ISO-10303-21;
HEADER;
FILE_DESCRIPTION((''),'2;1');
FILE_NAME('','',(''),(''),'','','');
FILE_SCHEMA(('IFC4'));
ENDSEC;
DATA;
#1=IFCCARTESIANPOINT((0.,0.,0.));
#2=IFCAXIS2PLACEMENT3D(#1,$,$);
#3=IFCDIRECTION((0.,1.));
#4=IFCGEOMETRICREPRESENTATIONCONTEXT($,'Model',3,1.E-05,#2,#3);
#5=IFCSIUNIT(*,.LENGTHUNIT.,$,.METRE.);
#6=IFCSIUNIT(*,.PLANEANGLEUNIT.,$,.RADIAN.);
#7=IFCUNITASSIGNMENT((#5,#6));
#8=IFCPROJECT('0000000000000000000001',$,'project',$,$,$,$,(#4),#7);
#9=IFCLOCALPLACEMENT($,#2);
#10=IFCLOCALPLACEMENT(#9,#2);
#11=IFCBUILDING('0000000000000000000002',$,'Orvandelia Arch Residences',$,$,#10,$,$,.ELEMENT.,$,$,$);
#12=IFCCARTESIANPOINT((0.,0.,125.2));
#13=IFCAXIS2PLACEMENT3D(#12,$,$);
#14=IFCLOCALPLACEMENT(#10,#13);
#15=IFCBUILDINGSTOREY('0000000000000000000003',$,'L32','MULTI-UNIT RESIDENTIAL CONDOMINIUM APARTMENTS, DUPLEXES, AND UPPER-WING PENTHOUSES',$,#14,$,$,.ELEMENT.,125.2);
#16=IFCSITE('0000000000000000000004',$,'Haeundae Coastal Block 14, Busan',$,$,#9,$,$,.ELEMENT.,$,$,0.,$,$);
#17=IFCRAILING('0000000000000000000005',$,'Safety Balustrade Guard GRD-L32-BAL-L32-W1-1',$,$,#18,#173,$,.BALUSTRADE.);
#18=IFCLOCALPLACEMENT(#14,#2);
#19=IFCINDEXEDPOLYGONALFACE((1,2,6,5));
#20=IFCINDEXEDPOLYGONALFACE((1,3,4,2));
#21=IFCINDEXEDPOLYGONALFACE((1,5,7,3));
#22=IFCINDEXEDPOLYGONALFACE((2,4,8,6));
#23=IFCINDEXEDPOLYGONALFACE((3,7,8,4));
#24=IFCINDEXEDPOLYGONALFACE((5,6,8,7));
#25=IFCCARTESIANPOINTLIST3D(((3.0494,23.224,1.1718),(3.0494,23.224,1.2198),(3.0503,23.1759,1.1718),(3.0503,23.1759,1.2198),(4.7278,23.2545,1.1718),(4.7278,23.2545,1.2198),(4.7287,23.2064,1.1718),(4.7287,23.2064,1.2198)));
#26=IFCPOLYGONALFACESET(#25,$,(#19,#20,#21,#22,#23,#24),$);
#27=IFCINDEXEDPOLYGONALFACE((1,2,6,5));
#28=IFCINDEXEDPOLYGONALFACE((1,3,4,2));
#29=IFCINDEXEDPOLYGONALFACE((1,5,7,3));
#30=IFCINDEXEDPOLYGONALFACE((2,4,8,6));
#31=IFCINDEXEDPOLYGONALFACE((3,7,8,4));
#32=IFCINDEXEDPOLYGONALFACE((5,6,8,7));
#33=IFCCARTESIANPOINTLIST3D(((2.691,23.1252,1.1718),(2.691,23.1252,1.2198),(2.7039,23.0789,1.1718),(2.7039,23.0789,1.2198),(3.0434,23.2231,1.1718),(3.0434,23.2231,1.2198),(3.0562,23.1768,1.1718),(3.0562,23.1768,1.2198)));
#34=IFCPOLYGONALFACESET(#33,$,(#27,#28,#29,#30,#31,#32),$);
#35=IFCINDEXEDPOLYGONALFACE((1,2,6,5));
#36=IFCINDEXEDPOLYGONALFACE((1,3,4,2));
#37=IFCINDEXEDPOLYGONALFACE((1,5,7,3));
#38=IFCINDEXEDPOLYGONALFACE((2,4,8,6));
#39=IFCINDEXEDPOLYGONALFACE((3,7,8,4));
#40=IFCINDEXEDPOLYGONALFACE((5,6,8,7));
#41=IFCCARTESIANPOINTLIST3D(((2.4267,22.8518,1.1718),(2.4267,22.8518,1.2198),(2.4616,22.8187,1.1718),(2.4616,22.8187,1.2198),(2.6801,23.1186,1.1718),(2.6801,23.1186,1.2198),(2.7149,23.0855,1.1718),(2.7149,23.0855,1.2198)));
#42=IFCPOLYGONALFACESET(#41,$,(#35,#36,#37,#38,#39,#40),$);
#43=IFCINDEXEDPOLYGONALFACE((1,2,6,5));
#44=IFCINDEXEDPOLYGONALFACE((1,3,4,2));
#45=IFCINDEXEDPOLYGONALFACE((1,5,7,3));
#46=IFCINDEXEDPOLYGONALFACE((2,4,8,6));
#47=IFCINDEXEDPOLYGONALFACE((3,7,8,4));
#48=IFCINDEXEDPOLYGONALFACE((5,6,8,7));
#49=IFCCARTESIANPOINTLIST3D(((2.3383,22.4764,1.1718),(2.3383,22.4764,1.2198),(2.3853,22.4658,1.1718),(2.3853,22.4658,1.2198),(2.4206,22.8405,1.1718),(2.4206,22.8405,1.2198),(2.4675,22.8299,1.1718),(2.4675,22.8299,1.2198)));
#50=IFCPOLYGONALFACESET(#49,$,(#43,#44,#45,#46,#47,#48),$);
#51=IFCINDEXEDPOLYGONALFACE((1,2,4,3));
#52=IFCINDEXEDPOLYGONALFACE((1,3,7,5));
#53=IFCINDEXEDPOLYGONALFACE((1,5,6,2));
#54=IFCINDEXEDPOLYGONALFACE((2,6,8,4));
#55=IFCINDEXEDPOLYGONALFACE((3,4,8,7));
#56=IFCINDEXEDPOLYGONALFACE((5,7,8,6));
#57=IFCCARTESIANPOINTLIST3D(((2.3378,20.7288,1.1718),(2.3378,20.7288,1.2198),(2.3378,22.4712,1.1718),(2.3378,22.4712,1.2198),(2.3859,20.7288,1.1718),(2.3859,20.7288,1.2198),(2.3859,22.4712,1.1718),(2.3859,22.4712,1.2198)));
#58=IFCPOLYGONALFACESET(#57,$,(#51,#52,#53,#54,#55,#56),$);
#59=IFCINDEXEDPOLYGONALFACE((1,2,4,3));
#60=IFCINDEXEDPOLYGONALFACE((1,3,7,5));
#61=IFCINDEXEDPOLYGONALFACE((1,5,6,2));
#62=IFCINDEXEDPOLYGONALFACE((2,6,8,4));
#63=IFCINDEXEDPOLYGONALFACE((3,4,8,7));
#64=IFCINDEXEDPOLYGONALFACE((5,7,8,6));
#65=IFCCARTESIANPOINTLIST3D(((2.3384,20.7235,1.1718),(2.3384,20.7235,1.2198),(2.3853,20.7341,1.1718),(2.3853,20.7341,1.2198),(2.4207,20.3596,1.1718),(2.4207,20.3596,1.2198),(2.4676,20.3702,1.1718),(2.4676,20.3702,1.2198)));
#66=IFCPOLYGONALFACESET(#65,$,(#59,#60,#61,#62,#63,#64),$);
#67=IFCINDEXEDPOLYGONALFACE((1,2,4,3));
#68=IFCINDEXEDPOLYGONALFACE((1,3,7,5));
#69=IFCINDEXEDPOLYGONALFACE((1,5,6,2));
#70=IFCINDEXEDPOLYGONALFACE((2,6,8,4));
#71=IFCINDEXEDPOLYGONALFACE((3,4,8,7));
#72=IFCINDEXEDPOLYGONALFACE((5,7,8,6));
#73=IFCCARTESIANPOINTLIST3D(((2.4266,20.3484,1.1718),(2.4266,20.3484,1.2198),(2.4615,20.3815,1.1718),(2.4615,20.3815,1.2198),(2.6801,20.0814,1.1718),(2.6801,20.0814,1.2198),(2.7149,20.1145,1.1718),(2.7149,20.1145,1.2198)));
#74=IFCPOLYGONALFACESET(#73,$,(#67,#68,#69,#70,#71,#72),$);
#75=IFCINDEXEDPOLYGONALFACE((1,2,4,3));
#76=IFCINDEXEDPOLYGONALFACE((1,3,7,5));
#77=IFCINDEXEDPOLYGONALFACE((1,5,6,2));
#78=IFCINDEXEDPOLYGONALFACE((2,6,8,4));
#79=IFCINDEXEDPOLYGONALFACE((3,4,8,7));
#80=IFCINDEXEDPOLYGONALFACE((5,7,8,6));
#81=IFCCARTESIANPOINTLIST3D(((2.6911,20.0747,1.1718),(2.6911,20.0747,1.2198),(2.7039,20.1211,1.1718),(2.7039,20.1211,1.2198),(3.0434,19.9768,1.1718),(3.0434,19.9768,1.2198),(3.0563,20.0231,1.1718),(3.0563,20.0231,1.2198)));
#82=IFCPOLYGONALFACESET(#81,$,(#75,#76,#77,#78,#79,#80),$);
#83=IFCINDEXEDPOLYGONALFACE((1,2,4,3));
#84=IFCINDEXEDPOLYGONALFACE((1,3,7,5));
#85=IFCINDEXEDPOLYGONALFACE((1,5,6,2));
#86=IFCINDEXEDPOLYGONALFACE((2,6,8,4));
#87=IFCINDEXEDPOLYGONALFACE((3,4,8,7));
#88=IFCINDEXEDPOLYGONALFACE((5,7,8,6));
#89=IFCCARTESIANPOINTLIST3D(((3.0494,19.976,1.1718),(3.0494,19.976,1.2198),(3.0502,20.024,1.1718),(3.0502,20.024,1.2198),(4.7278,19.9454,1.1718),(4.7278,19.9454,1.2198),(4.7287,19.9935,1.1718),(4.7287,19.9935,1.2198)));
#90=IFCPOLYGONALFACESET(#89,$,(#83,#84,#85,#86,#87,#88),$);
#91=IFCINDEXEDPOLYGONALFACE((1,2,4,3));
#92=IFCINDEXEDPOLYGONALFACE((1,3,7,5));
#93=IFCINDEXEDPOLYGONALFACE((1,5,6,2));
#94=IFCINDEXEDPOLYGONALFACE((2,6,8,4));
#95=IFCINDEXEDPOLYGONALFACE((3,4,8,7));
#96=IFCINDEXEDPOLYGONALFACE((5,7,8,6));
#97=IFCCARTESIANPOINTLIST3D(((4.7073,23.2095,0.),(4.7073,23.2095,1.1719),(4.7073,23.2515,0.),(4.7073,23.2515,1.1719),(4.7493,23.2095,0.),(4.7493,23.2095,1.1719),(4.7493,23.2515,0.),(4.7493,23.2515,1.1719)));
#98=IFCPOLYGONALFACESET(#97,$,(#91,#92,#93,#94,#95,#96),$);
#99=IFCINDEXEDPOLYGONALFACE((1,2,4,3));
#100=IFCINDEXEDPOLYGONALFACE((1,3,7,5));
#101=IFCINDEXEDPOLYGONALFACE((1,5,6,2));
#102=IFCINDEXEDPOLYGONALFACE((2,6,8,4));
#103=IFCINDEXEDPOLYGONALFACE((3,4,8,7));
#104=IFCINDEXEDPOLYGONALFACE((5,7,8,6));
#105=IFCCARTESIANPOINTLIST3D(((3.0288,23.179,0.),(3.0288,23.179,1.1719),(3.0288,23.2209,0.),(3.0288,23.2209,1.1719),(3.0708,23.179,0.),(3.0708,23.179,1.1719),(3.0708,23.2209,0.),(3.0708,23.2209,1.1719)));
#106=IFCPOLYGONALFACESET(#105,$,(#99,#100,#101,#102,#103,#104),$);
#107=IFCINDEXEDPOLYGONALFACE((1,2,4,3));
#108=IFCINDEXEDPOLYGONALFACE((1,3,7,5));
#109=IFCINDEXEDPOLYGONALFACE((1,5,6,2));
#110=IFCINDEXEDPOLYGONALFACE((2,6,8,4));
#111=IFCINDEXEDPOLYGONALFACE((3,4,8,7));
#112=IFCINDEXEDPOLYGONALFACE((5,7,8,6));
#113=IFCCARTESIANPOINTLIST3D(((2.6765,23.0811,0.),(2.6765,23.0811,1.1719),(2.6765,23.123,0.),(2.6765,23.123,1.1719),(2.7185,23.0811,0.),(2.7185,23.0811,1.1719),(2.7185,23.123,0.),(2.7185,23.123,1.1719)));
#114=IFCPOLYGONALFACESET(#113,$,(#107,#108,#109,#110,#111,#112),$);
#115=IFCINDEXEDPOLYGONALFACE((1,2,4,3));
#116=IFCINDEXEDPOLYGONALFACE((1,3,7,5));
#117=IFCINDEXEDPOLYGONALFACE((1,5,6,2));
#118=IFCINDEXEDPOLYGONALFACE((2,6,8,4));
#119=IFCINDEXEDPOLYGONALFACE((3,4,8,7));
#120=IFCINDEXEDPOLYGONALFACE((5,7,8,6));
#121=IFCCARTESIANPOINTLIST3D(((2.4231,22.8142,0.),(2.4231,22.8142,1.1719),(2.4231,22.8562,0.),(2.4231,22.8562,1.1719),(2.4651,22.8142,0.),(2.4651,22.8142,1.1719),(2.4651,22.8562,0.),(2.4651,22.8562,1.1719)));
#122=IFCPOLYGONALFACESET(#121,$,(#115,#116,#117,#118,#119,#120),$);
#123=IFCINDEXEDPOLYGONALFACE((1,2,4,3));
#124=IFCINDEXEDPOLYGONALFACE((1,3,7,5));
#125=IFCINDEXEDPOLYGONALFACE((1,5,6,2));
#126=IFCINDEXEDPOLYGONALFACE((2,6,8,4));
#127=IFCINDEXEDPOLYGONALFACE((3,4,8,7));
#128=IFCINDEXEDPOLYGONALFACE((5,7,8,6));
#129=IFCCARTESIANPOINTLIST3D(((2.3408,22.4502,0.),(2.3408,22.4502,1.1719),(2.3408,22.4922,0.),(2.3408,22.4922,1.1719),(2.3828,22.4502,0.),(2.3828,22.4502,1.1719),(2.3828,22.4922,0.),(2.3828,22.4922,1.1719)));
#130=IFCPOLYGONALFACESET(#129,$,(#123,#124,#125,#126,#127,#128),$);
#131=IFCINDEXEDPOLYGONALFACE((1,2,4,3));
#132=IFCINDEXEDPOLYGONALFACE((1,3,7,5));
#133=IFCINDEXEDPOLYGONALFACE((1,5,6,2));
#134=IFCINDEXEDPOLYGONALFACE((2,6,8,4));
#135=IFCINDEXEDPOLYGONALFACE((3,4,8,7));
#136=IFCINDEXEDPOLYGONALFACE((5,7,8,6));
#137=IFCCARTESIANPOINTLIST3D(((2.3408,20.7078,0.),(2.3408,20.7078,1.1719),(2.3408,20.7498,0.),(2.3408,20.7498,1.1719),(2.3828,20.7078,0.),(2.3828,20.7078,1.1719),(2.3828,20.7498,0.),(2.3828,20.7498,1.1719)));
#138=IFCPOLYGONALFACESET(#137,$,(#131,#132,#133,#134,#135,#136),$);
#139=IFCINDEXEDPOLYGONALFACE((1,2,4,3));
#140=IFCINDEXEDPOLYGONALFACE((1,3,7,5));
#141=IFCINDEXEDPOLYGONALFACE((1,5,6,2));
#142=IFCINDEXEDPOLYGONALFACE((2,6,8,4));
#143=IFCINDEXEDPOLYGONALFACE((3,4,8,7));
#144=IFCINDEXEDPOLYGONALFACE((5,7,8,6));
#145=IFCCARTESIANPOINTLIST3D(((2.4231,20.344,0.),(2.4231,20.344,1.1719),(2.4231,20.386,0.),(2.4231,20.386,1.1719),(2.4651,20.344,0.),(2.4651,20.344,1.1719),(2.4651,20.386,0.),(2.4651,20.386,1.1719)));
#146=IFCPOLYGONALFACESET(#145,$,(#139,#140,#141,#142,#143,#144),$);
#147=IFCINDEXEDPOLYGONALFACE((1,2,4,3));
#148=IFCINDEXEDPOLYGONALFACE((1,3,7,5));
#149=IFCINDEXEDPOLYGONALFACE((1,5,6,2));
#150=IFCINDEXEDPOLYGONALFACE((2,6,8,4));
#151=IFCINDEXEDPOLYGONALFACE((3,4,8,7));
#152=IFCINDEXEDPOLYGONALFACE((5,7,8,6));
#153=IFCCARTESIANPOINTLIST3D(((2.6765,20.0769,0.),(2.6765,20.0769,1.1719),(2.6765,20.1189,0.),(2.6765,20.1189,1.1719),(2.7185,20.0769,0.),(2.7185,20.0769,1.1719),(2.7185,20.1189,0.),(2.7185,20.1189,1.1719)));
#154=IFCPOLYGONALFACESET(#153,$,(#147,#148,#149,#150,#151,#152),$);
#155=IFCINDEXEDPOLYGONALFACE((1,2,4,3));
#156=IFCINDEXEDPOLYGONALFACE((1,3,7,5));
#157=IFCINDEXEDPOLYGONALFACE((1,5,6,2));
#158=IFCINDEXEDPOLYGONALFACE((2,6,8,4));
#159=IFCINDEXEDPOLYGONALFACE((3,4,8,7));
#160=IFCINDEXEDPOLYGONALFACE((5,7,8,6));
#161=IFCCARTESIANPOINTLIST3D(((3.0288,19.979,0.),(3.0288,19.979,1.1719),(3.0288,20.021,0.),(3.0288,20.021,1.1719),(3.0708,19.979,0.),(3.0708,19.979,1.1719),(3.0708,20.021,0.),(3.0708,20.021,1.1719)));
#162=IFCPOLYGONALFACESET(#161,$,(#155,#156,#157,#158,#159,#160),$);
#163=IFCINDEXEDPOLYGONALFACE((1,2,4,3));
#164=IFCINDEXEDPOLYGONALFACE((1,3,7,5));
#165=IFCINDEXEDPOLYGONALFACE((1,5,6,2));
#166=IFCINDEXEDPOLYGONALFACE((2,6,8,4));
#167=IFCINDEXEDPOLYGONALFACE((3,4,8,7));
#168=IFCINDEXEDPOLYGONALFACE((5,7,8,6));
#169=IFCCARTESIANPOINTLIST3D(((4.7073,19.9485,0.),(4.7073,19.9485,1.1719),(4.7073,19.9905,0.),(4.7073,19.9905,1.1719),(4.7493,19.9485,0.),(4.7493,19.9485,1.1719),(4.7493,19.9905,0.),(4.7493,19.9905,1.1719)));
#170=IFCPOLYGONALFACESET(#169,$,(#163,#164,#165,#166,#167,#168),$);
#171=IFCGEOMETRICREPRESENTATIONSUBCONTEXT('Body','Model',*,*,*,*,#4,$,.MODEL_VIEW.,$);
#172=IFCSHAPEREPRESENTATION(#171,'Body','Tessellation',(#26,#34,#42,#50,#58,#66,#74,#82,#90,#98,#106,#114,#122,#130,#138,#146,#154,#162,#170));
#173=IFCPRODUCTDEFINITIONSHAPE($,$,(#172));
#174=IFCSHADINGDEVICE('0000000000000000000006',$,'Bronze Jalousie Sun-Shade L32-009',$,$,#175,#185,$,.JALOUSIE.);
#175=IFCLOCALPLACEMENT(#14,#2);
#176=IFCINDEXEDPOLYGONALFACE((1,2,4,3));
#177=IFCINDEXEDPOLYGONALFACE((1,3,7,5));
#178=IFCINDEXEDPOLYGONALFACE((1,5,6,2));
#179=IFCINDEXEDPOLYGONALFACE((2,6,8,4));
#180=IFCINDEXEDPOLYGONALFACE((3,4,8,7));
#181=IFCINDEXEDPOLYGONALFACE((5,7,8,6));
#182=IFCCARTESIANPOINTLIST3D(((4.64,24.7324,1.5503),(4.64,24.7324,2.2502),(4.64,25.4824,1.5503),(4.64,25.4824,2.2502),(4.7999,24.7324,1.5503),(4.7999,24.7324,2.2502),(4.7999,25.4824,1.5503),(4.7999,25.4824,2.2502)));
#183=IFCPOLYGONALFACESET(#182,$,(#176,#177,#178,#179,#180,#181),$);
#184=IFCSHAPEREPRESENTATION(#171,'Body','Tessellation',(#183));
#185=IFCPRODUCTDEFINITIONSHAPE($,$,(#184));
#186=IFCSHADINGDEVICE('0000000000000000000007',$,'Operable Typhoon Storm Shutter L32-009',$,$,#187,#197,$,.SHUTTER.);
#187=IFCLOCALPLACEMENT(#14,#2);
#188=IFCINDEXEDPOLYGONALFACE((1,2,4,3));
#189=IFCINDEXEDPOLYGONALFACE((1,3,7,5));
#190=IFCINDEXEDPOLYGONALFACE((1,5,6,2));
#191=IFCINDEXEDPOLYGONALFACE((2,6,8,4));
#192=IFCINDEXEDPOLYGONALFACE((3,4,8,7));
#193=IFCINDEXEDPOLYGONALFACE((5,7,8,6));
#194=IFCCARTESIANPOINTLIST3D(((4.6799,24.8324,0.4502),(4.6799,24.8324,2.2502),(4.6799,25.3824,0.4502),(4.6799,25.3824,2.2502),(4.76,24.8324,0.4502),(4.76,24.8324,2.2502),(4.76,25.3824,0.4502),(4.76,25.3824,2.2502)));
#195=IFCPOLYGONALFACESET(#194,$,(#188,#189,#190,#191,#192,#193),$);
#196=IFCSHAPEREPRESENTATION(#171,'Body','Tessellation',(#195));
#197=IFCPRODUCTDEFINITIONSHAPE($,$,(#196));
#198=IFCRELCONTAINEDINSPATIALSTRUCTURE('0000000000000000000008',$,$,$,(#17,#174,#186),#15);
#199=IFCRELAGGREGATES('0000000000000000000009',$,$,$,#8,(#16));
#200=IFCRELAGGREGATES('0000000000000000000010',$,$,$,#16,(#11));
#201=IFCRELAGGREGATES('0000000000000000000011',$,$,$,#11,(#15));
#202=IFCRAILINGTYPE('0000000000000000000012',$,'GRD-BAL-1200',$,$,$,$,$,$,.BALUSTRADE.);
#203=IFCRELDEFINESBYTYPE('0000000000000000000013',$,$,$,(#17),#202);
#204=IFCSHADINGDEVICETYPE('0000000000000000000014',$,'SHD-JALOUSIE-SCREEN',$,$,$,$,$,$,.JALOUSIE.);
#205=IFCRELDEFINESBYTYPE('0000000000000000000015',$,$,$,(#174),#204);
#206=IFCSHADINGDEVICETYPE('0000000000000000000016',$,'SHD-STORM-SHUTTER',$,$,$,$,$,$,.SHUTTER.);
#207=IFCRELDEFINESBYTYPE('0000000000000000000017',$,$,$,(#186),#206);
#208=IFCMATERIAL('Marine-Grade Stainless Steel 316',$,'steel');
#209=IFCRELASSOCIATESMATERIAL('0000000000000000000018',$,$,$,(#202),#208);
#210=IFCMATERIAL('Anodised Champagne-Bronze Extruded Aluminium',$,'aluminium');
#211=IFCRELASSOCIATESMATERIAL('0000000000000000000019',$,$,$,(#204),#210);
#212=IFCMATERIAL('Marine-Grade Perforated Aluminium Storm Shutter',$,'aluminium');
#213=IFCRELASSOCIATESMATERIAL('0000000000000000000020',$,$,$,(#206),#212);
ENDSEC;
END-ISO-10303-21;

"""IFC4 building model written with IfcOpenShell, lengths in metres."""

from ifc_helpers import new_model, si_unit, direction, frame, origin, origin_2d, place, context, subcontext, project, spatial, rectangle, extrude, material, type_object, element, save


model = new_model("IFC4")

# Units and contexts
model_context = context("Model", 3, precision=1e-05, world=origin(), true_north=direction((0.0, 1.0)))
body_context = subcontext(model_context, "Body", "Model", "MODEL_VIEW")
ifc_project = project(units=[si_unit("LENGTHUNIT", "METRE"), si_unit("PLANEANGLEUNIT", "RADIAN")], contexts=[model_context])

# Site, building, storey
site_placement = place(None, origin())
site = spatial("IfcSite", under=ifc_project, at=site_placement, Name="Haeundae Coastal Block 14, Busan", CompositionType="ELEMENT", RefElevation=0.0)
building_placement = place(site_placement, origin())
building = spatial("IfcBuilding", under=site, at=building_placement, Name="Orvandelia Arch Residences", CompositionType="ELEMENT")
storey_placement = place(building_placement, frame((0.0, 0.0, 125.2)))
storey = spatial("IfcBuildingStorey", under=building, at=storey_placement, Name="L32", Description="MULTI-UNIT RESIDENTIAL CONDOMINIUM APARTMENTS, DUPLEXES, AND UPPER-WING PENTHOUSES", CompositionType="ELEMENT", Elevation=125.2)

# Railing
ifc_material_1 = material(Name="Marine-Grade Stainless Steel 316", Category="steel")
railing_type = type_object("IfcRailingType", Name="GRD-BAL-1200", PredefinedType="BALUSTRADE", material=ifc_material_1)
railing_placement = place(storey_placement, frame((4.7283, 23.2305, 0.0)))
element("IfcRailing", 1, at=railing_placement, inside=storey, type_object=railing_type, Name="Safety Balustrade Guard GRD-L32-BAL-L32-W1-1", PredefinedType="BALUSTRADE", context=body_context, shape_type="SweptSolid", body=[
    extrude(rectangle(XDim=0.0481, YDim=0.0481, at=origin_2d()), frame((0.0, 0.0, 1.1958), z_axis=(-0.999835, -0.018179, 0.0), x_axis=(0.018179, -0.999835, 0.0)), (0.0, 0.0, 1.0), 1.6787),
    extrude(rectangle(XDim=0.0481, YDim=0.0481, at=origin_2d()), frame((-1.6785, -0.0305, 1.1958), z_axis=(-0.963489, -0.267747, 0.0), x_axis=(0.267747, -0.963489, 0.0)), (0.0, 0.0, 1.0), 0.3657),
    extrude(rectangle(XDim=0.0481, YDim=0.0481, at=origin_2d()), frame((-2.0308, -0.1284, 1.1958), z_axis=(-0.688627, -0.725115, 0.0), x_axis=(0.725115, -0.688627, 0.0)), (0.0, 0.0, 1.0), 0.3679),
    extrude(rectangle(XDim=0.0481, YDim=0.0481, at=origin_2d()), frame((-2.2842, -0.3953, 1.1958), z_axis=(-0.220462, -0.975396, 0.0), x_axis=(0.975396, -0.220462, 0.0)), (0.0, 0.0, 1.0), 0.3733),
    extrude(rectangle(XDim=0.0481, YDim=0.0481, at=origin_2d()), frame((-2.3665, -0.7593, 1.1958), z_axis=(0.0, -1.0, 0.0), x_axis=(1.0, 0.0, 0.0)), (0.0, 0.0, 1.0), 1.7424),
    extrude(rectangle(XDim=0.0481, YDim=0.0481, at=origin_2d()), frame((-2.3665, -2.5017, 1.1958), z_axis=(0.220602, -0.975364, 0.0), x_axis=(0.975364, 0.220602, 0.0)), (0.0, 0.0, 1.0), 0.373),
    extrude(rectangle(XDim=0.0481, YDim=0.0481, at=origin_2d()), frame((-2.2842, -2.8655, 1.1958), z_axis=(0.688296, -0.72543, 0.0), x_axis=(0.72543, 0.688296, 0.0)), (0.0, 0.0, 1.0), 0.3682),
    extrude(rectangle(XDim=0.0481, YDim=0.0481, at=origin_2d()), frame((-2.0308, -3.1326, 1.1958), z_axis=(0.963489, -0.267747, 0.0), x_axis=(0.267747, 0.963489, 0.0)), (0.0, 0.0, 1.0), 0.3657),
    extrude(rectangle(XDim=0.0481, YDim=0.0481, at=origin_2d()), frame((-1.6785, -3.2305, 1.1958), z_axis=(0.999835, -0.018179, 0.0), x_axis=(0.018179, 0.999835, 0.0)), (0.0, 0.0, 1.0), 1.6787),
    extrude(rectangle(XDim=0.042, YDim=0.042, at=origin_2d()), origin(), (0.0, 0.0, 1.0), 1.1719),
    extrude(rectangle(XDim=0.042, YDim=0.042, at=origin_2d()), frame((-1.6785, -0.0305, 0.0)), (0.0, 0.0, 1.0), 1.1719),
    extrude(rectangle(XDim=0.042, YDim=0.042, at=origin_2d()), frame((-2.0308, -0.1284, 0.0)), (0.0, 0.0, 1.0), 1.1719),
    extrude(rectangle(XDim=0.042, YDim=0.042, at=origin_2d()), frame((-2.2842, -0.3953, 0.0)), (0.0, 0.0, 1.0), 1.1719),
    extrude(rectangle(XDim=0.042, YDim=0.042, at=origin_2d()), frame((-2.3665, -0.7593, 0.0)), (0.0, 0.0, 1.0), 1.1719),
    extrude(rectangle(XDim=0.042, YDim=0.042, at=origin_2d()), frame((-2.3665, -2.5017, 0.0)), (0.0, 0.0, 1.0), 1.1719),
    extrude(rectangle(XDim=0.042, YDim=0.042, at=origin_2d()), frame((-2.2842, -2.8655, 0.0)), (0.0, 0.0, 1.0), 1.1719),
    extrude(rectangle(XDim=0.042, YDim=0.042, at=origin_2d()), frame((-2.0308, -3.1326, 0.0)), (0.0, 0.0, 1.0), 1.1719),
    extrude(rectangle(XDim=0.042, YDim=0.042, at=origin_2d()), frame((-1.6785, -3.2305, 0.0)), (0.0, 0.0, 1.0), 1.1719),
    extrude(rectangle(XDim=0.042, YDim=0.042, at=origin_2d()), frame((0.0, -3.261, 0.0)), (0.0, 0.0, 1.0), 1.1719),
])

# Shading devices
ifc_material_2 = material(Name="Anodised Champagne-Bronze Extruded Aluminium", Category="aluminium")
shading_device_type_1 = type_object("IfcShadingDeviceType", Name="SHD-JALOUSIE-SCREEN", PredefinedType="JALOUSIE", material=ifc_material_2)
shading_device_1_placement = place(storey_placement, frame((4.72, 25.1074, 1.5503), z_axis=(0.0, 0.0, 1.0), x_axis=(0.0, 1.0, 0.0)))
element("IfcShadingDevice", 2, at=shading_device_1_placement, inside=storey, type_object=shading_device_type_1, Name="Bronze Jalousie Sun-Shade L32-009", PredefinedType="JALOUSIE", context=body_context, shape_type="SweptSolid", body=[
    extrude(rectangle(XDim=0.75, YDim=0.1599, at=origin_2d()), origin(), (0.0, 0.0, 1.0), 0.7),
])
ifc_material_3 = material(Name="Marine-Grade Perforated Aluminium Storm Shutter", Category="aluminium")
shading_device_type_2 = type_object("IfcShadingDeviceType", Name="SHD-STORM-SHUTTER", PredefinedType="SHUTTER", material=ifc_material_3)
shading_device_2_placement = place(storey_placement, frame((4.72, 25.1074, 0.4502), z_axis=(0.0, 0.0, 1.0), x_axis=(0.0, 1.0, 0.0)))
element("IfcShadingDevice", 3, at=shading_device_2_placement, inside=storey, type_object=shading_device_type_2, Name="Operable Typhoon Storm Shutter L32-009", PredefinedType="SHUTTER", context=body_context, shape_type="SweptSolid", body=[
    extrude(rectangle(XDim=0.55, YDim=0.0801, at=origin_2d()), origin(), (0.0, 0.0, 1.0), 1.8),
])

save(model, "model.ifc")
